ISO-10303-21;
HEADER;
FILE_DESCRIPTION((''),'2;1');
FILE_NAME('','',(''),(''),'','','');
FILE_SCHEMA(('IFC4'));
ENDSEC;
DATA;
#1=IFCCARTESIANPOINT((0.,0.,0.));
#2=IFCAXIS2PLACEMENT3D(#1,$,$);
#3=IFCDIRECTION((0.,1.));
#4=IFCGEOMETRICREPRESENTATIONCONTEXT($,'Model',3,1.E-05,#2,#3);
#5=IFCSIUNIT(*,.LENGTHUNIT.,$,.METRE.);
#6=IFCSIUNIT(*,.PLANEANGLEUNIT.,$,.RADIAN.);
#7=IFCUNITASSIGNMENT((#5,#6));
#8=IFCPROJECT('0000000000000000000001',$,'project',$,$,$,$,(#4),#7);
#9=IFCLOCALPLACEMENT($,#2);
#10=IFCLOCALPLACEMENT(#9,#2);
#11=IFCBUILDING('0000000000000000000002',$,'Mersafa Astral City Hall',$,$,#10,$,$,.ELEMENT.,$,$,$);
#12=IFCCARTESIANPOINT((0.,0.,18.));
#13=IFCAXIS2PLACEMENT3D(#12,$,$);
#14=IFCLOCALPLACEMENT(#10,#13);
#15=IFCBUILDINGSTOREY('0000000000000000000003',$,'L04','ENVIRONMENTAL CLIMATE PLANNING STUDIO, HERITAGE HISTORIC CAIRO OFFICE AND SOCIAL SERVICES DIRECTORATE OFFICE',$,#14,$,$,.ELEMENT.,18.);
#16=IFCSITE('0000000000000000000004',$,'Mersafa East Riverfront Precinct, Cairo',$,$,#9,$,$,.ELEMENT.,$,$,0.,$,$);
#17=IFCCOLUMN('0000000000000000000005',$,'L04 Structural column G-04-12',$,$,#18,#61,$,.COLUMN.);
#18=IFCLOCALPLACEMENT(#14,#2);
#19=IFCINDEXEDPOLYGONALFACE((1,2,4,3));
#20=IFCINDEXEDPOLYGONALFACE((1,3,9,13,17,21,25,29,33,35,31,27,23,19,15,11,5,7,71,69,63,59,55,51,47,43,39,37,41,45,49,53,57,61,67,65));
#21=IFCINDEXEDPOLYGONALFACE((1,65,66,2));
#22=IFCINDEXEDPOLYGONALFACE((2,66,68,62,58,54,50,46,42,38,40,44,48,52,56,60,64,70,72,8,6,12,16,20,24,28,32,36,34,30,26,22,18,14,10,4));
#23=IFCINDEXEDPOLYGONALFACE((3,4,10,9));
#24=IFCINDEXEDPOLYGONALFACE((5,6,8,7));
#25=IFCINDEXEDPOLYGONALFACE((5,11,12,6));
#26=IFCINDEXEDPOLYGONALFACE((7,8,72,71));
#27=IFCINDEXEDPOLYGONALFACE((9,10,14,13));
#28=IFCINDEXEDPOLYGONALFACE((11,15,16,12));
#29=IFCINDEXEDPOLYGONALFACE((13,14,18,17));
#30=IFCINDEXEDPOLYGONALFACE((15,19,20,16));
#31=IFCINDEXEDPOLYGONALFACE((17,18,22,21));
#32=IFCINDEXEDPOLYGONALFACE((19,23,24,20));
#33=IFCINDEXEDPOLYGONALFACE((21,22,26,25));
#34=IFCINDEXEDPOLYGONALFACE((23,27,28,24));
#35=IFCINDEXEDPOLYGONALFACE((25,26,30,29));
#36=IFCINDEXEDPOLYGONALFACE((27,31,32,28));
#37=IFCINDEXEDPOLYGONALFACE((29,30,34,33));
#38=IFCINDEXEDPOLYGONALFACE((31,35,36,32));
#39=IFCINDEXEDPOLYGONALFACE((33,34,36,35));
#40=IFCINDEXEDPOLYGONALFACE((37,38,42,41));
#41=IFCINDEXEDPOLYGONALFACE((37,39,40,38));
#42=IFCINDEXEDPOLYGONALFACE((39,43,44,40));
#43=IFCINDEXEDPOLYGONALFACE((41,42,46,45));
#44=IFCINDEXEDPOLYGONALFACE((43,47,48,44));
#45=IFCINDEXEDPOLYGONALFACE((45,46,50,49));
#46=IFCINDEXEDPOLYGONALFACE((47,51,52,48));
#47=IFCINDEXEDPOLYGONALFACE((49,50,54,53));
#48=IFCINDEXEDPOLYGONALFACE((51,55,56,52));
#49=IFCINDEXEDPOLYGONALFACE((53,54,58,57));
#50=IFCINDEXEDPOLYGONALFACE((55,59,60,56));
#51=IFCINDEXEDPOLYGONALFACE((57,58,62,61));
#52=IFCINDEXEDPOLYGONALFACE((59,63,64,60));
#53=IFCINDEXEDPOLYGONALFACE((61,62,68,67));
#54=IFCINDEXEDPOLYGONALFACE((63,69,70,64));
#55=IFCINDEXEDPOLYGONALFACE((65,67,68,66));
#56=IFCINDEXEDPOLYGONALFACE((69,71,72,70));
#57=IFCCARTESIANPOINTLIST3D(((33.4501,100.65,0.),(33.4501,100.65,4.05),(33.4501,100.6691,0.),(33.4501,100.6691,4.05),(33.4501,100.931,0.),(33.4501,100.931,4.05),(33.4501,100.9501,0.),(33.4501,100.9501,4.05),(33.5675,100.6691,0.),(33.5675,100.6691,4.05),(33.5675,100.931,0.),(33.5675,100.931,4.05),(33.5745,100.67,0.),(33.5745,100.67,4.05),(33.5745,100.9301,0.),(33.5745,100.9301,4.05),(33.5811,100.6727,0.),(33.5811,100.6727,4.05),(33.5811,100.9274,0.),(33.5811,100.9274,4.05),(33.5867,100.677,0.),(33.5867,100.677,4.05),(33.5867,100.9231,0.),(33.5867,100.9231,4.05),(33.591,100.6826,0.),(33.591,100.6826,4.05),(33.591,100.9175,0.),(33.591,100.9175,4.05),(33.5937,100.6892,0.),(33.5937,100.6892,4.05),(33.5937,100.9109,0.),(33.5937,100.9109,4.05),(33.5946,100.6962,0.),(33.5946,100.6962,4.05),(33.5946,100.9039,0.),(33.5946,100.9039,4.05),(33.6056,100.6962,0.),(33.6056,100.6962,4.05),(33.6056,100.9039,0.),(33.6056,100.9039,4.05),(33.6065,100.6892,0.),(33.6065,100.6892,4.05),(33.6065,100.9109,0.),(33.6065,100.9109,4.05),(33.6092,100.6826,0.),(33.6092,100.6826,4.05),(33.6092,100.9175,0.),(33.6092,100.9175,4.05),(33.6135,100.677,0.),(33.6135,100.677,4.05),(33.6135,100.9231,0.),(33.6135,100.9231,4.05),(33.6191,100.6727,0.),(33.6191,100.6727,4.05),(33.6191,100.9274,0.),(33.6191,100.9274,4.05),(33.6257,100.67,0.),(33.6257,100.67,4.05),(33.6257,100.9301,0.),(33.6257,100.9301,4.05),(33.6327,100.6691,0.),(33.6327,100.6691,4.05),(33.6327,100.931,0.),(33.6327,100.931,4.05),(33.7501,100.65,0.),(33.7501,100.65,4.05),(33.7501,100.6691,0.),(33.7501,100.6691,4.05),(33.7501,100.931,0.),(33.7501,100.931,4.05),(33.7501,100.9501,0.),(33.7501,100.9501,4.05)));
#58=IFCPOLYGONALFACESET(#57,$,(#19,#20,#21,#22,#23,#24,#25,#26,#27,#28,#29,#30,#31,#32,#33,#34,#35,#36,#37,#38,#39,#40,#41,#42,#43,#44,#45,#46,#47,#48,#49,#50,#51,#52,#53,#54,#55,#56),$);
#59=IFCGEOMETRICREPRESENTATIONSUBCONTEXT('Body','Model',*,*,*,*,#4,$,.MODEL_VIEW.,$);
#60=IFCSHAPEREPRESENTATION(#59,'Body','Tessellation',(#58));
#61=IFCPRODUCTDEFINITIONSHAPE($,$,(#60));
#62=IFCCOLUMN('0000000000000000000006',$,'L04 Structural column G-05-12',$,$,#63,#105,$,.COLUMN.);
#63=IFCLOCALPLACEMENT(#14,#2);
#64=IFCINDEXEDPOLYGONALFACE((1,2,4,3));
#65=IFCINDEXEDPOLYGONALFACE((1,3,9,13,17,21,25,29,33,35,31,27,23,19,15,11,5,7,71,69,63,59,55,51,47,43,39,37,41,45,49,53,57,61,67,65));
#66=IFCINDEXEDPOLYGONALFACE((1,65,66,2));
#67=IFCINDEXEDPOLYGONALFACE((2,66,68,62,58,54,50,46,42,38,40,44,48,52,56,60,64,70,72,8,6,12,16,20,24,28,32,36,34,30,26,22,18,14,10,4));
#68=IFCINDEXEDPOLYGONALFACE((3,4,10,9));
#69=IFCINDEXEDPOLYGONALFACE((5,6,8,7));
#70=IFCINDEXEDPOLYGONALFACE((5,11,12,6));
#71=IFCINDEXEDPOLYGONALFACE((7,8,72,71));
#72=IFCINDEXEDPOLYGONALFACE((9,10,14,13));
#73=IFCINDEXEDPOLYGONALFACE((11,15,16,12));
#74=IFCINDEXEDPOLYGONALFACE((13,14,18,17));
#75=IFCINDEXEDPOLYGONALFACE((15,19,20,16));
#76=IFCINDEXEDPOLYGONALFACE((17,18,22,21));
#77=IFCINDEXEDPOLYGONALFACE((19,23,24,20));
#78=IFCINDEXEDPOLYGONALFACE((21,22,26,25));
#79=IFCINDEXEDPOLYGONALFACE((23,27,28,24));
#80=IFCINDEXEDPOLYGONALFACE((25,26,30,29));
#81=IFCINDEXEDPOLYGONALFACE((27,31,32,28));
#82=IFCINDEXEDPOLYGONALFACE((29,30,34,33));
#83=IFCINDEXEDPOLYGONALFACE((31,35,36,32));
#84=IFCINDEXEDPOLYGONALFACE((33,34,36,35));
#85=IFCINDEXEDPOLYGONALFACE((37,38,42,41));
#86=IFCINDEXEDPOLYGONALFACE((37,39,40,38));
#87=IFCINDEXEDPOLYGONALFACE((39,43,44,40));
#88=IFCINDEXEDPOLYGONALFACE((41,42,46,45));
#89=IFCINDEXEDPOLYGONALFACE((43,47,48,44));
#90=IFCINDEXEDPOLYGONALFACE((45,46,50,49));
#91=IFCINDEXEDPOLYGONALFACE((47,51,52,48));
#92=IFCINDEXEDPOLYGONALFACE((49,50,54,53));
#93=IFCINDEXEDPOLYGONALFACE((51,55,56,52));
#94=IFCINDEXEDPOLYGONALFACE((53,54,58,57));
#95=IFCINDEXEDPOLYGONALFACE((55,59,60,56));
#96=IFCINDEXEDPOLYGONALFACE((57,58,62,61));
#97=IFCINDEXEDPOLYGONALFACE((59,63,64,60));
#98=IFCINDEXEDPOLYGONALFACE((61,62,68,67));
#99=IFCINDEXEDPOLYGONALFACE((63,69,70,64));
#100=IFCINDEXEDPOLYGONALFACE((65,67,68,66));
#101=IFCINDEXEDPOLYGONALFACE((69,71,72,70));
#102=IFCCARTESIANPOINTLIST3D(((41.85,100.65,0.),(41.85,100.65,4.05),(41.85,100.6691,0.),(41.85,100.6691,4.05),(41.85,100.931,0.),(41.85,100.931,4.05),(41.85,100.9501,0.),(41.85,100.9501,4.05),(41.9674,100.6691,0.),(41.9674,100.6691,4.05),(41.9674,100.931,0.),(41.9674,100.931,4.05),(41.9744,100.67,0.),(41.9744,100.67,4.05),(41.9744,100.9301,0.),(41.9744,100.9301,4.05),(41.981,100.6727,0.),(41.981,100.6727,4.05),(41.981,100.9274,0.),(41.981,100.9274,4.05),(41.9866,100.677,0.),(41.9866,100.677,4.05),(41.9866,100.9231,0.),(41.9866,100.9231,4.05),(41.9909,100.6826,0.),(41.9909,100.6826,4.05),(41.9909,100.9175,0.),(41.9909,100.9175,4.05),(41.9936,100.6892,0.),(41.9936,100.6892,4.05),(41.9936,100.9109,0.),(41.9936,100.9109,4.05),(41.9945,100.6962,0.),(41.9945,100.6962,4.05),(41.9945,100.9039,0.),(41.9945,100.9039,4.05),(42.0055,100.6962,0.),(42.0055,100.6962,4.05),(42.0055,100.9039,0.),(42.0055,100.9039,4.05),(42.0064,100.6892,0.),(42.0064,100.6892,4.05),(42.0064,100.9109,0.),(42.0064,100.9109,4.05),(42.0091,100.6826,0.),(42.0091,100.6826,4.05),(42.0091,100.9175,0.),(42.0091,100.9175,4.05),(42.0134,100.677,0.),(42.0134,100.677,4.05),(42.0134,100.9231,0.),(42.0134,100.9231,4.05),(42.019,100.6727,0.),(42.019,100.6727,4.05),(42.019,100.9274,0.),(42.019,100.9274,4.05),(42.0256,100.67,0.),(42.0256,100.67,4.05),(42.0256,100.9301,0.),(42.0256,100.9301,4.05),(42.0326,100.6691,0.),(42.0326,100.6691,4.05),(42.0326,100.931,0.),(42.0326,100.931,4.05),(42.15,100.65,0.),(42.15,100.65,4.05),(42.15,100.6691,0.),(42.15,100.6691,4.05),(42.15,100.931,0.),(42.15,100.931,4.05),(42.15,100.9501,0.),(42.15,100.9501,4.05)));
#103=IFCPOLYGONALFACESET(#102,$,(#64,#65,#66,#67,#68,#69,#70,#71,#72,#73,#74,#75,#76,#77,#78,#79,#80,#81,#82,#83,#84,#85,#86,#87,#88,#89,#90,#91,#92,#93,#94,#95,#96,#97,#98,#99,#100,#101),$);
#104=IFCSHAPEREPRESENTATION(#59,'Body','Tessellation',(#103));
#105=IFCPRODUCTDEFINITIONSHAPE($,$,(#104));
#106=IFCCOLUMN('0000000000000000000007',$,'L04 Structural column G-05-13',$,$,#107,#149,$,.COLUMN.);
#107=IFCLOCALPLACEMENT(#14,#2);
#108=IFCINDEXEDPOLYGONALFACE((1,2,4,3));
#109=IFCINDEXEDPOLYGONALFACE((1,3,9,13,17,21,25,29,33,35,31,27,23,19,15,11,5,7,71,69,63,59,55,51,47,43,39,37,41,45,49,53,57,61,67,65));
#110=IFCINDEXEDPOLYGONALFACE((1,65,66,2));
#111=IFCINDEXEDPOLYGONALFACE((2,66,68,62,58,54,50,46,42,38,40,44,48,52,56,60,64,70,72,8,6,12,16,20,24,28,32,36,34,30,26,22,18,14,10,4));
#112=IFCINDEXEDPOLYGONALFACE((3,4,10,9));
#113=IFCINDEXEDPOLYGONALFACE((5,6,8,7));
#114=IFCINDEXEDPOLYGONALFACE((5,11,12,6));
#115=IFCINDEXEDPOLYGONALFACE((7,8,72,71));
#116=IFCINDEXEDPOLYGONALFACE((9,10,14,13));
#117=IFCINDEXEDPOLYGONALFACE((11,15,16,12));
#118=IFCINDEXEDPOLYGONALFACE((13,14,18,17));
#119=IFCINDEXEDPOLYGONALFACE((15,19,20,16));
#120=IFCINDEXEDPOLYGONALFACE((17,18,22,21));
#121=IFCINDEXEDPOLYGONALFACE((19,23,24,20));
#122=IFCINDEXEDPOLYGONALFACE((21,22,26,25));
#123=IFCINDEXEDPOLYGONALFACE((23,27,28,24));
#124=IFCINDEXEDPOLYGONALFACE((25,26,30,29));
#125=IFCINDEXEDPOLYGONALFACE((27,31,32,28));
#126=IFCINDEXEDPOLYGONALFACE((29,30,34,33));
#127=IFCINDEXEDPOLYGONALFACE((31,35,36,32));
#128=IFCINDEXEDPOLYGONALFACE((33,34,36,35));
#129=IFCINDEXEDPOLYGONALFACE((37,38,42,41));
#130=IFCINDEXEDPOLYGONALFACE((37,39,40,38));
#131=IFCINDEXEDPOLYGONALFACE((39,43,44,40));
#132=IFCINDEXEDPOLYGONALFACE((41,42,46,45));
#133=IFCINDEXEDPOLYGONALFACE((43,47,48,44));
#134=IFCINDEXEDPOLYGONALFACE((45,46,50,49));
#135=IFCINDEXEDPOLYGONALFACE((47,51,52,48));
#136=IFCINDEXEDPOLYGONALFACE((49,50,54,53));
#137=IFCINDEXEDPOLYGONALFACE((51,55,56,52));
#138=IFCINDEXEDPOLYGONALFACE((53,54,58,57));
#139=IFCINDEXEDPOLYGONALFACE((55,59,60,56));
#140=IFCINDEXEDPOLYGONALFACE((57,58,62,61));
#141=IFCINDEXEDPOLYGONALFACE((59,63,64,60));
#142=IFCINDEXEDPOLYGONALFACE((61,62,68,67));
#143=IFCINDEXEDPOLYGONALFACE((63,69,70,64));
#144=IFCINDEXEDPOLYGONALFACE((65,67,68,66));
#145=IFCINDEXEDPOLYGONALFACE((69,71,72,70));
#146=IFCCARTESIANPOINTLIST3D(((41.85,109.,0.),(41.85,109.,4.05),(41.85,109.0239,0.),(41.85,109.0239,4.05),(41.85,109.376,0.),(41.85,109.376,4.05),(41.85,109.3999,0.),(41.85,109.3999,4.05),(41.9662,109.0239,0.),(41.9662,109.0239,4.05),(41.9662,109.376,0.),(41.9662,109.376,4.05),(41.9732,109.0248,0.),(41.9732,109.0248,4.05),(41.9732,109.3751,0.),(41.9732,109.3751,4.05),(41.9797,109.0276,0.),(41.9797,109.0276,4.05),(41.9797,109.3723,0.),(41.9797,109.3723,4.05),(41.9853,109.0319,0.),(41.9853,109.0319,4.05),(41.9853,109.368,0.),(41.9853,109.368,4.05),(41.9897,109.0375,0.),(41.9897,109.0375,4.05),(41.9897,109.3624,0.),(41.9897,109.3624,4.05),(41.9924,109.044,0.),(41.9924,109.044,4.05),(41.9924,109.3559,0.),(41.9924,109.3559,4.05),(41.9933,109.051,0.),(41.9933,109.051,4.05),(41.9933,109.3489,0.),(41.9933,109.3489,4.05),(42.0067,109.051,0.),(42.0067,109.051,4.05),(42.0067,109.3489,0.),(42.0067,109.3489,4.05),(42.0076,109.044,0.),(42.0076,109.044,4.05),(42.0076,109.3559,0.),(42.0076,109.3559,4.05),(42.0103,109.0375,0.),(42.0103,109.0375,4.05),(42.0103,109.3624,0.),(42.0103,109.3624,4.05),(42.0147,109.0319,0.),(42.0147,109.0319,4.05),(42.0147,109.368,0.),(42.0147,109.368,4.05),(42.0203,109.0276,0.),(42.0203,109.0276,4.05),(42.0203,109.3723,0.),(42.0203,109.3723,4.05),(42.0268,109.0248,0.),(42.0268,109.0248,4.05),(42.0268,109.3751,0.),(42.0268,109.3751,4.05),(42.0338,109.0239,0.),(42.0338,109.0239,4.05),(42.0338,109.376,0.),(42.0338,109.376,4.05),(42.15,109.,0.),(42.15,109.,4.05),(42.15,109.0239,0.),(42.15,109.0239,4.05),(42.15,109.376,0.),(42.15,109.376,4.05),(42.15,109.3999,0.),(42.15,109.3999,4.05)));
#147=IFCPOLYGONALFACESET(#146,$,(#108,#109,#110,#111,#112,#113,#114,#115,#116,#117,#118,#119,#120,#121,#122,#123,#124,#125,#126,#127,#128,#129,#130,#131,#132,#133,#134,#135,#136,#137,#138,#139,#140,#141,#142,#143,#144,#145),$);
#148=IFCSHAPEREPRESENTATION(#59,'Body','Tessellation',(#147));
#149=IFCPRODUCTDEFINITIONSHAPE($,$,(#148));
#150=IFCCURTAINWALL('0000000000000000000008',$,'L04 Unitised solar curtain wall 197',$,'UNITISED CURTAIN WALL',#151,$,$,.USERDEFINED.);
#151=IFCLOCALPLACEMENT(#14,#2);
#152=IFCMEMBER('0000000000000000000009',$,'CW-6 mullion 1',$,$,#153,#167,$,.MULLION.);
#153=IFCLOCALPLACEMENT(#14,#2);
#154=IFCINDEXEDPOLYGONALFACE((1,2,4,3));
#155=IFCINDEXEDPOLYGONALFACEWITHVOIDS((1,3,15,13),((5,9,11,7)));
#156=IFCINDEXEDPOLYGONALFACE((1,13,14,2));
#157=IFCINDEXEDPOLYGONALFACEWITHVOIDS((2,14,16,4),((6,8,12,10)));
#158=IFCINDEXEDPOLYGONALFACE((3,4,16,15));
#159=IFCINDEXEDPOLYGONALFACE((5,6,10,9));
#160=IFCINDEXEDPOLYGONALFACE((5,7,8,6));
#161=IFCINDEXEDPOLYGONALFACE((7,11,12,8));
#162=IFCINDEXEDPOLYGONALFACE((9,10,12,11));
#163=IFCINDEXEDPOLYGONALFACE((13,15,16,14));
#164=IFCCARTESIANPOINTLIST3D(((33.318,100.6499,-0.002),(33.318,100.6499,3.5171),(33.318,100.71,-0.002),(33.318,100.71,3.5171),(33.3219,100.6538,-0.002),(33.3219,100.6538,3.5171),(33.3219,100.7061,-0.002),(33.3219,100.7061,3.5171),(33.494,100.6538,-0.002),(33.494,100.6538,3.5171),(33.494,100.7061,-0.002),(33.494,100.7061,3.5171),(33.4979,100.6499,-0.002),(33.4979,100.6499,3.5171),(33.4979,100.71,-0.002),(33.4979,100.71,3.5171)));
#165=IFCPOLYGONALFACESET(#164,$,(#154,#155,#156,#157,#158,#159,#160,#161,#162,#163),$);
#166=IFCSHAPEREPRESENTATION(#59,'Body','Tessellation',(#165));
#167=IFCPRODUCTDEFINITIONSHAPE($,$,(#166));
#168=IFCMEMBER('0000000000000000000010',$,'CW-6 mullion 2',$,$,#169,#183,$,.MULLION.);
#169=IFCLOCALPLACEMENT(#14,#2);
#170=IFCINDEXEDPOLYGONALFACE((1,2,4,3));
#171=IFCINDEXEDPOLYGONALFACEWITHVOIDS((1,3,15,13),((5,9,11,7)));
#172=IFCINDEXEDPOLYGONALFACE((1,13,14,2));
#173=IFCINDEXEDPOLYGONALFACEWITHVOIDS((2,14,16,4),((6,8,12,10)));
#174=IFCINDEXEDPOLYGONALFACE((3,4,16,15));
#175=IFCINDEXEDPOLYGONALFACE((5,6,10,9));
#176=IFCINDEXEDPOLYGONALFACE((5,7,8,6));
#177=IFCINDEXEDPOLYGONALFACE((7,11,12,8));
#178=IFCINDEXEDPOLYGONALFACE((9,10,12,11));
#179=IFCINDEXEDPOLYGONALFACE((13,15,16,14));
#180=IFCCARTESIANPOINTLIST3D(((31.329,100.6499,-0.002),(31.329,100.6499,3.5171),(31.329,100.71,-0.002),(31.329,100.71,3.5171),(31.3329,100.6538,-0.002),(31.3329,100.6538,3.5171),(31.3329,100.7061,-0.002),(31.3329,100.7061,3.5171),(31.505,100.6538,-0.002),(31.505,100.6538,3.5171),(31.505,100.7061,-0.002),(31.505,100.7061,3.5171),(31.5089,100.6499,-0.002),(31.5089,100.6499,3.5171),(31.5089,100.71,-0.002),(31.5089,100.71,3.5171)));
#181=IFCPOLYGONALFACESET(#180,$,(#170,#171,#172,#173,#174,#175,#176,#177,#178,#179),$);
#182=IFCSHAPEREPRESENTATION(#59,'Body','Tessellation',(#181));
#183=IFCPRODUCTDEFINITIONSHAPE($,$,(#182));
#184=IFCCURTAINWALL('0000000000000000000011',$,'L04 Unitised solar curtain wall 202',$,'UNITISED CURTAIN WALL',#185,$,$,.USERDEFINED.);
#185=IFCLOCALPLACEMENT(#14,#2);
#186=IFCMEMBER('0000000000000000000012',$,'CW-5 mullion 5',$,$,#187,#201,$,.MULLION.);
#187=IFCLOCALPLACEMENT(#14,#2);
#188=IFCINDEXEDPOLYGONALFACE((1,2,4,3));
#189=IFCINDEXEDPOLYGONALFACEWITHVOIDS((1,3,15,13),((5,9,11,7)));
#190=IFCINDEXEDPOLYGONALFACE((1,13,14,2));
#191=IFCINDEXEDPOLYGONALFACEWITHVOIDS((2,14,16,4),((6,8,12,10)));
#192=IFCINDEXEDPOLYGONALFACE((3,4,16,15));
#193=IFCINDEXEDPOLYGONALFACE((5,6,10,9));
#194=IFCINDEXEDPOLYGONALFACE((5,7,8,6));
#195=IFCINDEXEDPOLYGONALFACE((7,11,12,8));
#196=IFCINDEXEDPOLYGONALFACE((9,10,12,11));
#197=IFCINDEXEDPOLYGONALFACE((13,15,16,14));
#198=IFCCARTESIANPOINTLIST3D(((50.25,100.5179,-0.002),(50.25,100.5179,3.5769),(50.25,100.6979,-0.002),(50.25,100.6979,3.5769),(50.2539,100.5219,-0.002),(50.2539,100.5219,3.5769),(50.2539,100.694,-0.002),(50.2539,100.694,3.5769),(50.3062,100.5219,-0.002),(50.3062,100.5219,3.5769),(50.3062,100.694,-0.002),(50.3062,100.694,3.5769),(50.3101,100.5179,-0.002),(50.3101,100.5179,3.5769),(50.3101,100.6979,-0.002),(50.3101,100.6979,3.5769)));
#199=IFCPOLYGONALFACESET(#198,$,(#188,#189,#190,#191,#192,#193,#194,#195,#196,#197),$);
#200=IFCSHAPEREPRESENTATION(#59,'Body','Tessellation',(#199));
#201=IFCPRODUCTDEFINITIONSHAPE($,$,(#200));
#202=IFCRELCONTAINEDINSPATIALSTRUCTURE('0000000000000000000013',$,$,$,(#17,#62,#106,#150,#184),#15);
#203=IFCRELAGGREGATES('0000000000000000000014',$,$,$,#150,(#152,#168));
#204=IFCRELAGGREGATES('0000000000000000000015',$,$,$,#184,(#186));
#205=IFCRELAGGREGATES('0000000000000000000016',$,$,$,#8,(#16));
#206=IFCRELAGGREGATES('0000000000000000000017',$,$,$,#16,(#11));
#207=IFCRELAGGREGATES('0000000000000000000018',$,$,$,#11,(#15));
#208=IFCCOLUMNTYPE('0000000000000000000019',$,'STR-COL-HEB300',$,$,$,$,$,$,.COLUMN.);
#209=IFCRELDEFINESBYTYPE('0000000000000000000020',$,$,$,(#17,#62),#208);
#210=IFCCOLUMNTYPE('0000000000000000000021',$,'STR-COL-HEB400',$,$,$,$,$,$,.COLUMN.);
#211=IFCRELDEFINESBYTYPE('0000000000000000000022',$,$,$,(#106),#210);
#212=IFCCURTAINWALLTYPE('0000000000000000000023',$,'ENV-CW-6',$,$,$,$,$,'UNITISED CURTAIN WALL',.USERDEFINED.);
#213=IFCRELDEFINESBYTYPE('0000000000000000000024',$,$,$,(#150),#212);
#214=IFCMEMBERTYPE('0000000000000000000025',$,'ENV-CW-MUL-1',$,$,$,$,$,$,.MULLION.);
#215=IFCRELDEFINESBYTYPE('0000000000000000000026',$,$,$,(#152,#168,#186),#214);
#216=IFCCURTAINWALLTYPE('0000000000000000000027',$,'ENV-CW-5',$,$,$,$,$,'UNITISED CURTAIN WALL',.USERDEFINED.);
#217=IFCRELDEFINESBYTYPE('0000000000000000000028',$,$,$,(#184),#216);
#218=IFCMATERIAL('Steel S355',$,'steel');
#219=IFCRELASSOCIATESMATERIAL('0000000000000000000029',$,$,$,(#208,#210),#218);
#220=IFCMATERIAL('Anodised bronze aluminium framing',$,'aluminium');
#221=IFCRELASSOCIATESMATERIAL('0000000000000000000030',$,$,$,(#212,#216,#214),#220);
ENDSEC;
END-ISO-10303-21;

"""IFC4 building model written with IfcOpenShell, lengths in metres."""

from ifc_helpers import new_model, si_unit, direction, frame, origin, origin_2d, place, context, subcontext, project, spatial, hollow_rectangle, i_section, extrude, material, material_profile, profile_set, type_object, element, aggregate, save


model = new_model("IFC4")

# Units and contexts
model_context = context("Model", 3, precision=1e-05, world=origin(), true_north=direction((0.0, 1.0)))
body_context = subcontext(model_context, "Body", "Model", "MODEL_VIEW")
ifc_project = project(units=[si_unit("LENGTHUNIT", "METRE"), si_unit("PLANEANGLEUNIT", "RADIAN")], contexts=[model_context])

# Site, building, storey
site_placement = place(None, origin())
site = spatial("IfcSite", under=ifc_project, at=site_placement, Name="Mersafa East Riverfront Precinct, Cairo", CompositionType="ELEMENT", RefElevation=0.0)
building_placement = place(site_placement, origin())
building = spatial("IfcBuilding", under=site, at=building_placement, Name="Mersafa Astral City Hall", CompositionType="ELEMENT")
storey_placement = place(building_placement, frame((0.0, 0.0, 18.0)))
storey = spatial("IfcBuildingStorey", under=building, at=storey_placement, Name="L04", Description="ENVIRONMENTAL CLIMATE PLANNING STUDIO, HERITAGE HISTORIC CAIRO OFFICE AND SOCIAL SERVICES DIRECTORATE OFFICE", CompositionType="ELEMENT", Elevation=18.0)

# Columns
ifc_material_1 = material(Name="Steel S355", Category="steel")
ifc_material_profile_1 = material_profile(ifc_material_1, i_section(OverallWidth=0.3, OverallDepth=0.3, WebThickness=0.011, FlangeThickness=0.019, FilletRadius=0.0271, at=origin_2d()), Name="HEB 300")
ifc_profile_set_1 = profile_set([ifc_material_profile_1], Name="Steel S355")
column_type_1 = type_object("IfcColumnType", Name="STR-COL-HEB300", PredefinedType="COLUMN", material=ifc_profile_set_1)
for number, where, z_axis, x_axis, name in (
    (1, (33.6001, 100.8, 0.0), (0.0, 0.0, 1.0), (1.0, 0.0, 0.0), "L04 Structural column G-04-12"),
    (2, (42.0, 100.8, 0.0), (0.0, 0.0, 1.0), (1.0, 0.0, 0.0), "L04 Structural column G-05-12"),
):
    element("IfcColumn", number, at=place(storey_placement, frame(where, z_axis=z_axis, x_axis=x_axis)), inside=storey, type_object=column_type_1, Name=name, PredefinedType="COLUMN", context=body_context, shape_type="SweptSolid", body=[
        extrude(i_section(OverallWidth=0.3, OverallDepth=0.3, WebThickness=0.011, FlangeThickness=0.019, FilletRadius=0.0271, at=origin_2d()), origin(), (0.0, 0.0, 1.0), 4.05),
    ])
ifc_material_profile_2 = material_profile(ifc_material_1, i_section(OverallWidth=0.3, OverallDepth=0.3999, WebThickness=0.0134, FlangeThickness=0.0239, FilletRadius=0.0271, at=origin_2d()), Name="HEB 400")
ifc_profile_set_2 = profile_set([ifc_material_profile_2], Name="Steel S355")
column_type_2 = type_object("IfcColumnType", Name="STR-COL-HEB400", PredefinedType="COLUMN", material=ifc_profile_set_2)
column_placement = place(storey_placement, frame((42.0, 109.2, 0.0), z_axis=(0.0, 0.0, 1.0), x_axis=(1.0, 0.0, 0.0)))
element("IfcColumn", 3, at=column_placement, inside=storey, type_object=column_type_2, Name="L04 Structural column G-05-13", PredefinedType="COLUMN", context=body_context, shape_type="SweptSolid", body=[
    extrude(i_section(OverallWidth=0.3, OverallDepth=0.3999, WebThickness=0.0134, FlangeThickness=0.0239, FilletRadius=0.0271, at=origin_2d()), origin(), (0.0, 0.0, 1.0), 4.05),
])

# Curtain wall, members
ifc_material_2 = material(Name="Anodised bronze aluminium framing", Category="aluminium")
curtain_wall_type_1 = type_object("IfcCurtainWallType", Name="ENV-CW-6", ElementType="UNITISED CURTAIN WALL", PredefinedType="USERDEFINED", material=ifc_material_2)
curtain_wall_1_placement = place(storey_placement, origin())
curtain_wall_1 = element("IfcCurtainWall", 4, at=curtain_wall_1_placement, inside=storey, type_object=curtain_wall_type_1, Name="L04 Unitised solar curtain wall 197", ObjectType="UNITISED CURTAIN WALL", PredefinedType="USERDEFINED")
ifc_material_profile_3 = material_profile(ifc_material_2, hollow_rectangle(XDim=0.0601, YDim=0.1799, WallThickness=0.0039, at=origin_2d()), Name="RHS 60x180x4")
ifc_profile_set_3 = profile_set([ifc_material_profile_3], Name="Anodised bronze aluminium framing")
member_type_1 = type_object("IfcMemberType", Name="ENV-CW-MUL-1", PredefinedType="MULLION", material=ifc_profile_set_3)
member_1_placement = place(storey_placement, frame((33.408, 100.6799, -0.002), z_axis=(0.0, 0.0, 1.0), x_axis=(0.0, -1.0, 0.0)))
member_1 = element("IfcMember", 5, at=member_1_placement, type_object=member_type_1, Name="CW-6 mullion 1", PredefinedType="MULLION", context=body_context, shape_type="SweptSolid", body=[
    extrude(hollow_rectangle(XDim=0.0601, YDim=0.1799, WallThickness=0.0039, at=origin_2d()), origin(), (0.0, 0.0, 1.0), 3.519),
])
member_2_placement = place(storey_placement, frame((31.4189, 100.6799, -0.002), z_axis=(0.0, 0.0, 1.0), x_axis=(0.0, -1.0, 0.0)))
member_2 = element("IfcMember", 6, at=member_2_placement, type_object=member_type_1, Name="CW-6 mullion 2", PredefinedType="MULLION", context=body_context, shape_type="SweptSolid", body=[
    extrude(hollow_rectangle(XDim=0.0601, YDim=0.1799, WallThickness=0.0039, at=origin_2d()), origin(), (0.0, 0.0, 1.0), 3.519),
])

# Curtain wall, member
curtain_wall_type_2 = type_object("IfcCurtainWallType", Name="ENV-CW-5", ElementType="UNITISED CURTAIN WALL", PredefinedType="USERDEFINED", material=ifc_material_2)
curtain_wall_2_placement = place(storey_placement, origin())
curtain_wall_2 = element("IfcCurtainWall", 7, at=curtain_wall_2_placement, inside=storey, type_object=curtain_wall_type_2, Name="L04 Unitised solar curtain wall 202", ObjectType="UNITISED CURTAIN WALL", PredefinedType="USERDEFINED")
member_3_placement = place(storey_placement, frame((50.28, 100.6079, -0.002), z_axis=(0.0, 0.0, 1.0), x_axis=(-1.0, 0.0, 0.0)))
member_3 = element("IfcMember", 8, at=member_3_placement, type_object=member_type_1, Name="CW-5 mullion 5", PredefinedType="MULLION", context=body_context, shape_type="SweptSolid", body=[
    extrude(hollow_rectangle(XDim=0.0601, YDim=0.1799, WallThickness=0.0039, at=origin_2d()), origin(), (0.0, 0.0, 1.0), 3.5789),
])

aggregate(curtain_wall_1, [member_1, member_2])
aggregate(curtain_wall_2, [member_3])

save(model, "model.ifc")
